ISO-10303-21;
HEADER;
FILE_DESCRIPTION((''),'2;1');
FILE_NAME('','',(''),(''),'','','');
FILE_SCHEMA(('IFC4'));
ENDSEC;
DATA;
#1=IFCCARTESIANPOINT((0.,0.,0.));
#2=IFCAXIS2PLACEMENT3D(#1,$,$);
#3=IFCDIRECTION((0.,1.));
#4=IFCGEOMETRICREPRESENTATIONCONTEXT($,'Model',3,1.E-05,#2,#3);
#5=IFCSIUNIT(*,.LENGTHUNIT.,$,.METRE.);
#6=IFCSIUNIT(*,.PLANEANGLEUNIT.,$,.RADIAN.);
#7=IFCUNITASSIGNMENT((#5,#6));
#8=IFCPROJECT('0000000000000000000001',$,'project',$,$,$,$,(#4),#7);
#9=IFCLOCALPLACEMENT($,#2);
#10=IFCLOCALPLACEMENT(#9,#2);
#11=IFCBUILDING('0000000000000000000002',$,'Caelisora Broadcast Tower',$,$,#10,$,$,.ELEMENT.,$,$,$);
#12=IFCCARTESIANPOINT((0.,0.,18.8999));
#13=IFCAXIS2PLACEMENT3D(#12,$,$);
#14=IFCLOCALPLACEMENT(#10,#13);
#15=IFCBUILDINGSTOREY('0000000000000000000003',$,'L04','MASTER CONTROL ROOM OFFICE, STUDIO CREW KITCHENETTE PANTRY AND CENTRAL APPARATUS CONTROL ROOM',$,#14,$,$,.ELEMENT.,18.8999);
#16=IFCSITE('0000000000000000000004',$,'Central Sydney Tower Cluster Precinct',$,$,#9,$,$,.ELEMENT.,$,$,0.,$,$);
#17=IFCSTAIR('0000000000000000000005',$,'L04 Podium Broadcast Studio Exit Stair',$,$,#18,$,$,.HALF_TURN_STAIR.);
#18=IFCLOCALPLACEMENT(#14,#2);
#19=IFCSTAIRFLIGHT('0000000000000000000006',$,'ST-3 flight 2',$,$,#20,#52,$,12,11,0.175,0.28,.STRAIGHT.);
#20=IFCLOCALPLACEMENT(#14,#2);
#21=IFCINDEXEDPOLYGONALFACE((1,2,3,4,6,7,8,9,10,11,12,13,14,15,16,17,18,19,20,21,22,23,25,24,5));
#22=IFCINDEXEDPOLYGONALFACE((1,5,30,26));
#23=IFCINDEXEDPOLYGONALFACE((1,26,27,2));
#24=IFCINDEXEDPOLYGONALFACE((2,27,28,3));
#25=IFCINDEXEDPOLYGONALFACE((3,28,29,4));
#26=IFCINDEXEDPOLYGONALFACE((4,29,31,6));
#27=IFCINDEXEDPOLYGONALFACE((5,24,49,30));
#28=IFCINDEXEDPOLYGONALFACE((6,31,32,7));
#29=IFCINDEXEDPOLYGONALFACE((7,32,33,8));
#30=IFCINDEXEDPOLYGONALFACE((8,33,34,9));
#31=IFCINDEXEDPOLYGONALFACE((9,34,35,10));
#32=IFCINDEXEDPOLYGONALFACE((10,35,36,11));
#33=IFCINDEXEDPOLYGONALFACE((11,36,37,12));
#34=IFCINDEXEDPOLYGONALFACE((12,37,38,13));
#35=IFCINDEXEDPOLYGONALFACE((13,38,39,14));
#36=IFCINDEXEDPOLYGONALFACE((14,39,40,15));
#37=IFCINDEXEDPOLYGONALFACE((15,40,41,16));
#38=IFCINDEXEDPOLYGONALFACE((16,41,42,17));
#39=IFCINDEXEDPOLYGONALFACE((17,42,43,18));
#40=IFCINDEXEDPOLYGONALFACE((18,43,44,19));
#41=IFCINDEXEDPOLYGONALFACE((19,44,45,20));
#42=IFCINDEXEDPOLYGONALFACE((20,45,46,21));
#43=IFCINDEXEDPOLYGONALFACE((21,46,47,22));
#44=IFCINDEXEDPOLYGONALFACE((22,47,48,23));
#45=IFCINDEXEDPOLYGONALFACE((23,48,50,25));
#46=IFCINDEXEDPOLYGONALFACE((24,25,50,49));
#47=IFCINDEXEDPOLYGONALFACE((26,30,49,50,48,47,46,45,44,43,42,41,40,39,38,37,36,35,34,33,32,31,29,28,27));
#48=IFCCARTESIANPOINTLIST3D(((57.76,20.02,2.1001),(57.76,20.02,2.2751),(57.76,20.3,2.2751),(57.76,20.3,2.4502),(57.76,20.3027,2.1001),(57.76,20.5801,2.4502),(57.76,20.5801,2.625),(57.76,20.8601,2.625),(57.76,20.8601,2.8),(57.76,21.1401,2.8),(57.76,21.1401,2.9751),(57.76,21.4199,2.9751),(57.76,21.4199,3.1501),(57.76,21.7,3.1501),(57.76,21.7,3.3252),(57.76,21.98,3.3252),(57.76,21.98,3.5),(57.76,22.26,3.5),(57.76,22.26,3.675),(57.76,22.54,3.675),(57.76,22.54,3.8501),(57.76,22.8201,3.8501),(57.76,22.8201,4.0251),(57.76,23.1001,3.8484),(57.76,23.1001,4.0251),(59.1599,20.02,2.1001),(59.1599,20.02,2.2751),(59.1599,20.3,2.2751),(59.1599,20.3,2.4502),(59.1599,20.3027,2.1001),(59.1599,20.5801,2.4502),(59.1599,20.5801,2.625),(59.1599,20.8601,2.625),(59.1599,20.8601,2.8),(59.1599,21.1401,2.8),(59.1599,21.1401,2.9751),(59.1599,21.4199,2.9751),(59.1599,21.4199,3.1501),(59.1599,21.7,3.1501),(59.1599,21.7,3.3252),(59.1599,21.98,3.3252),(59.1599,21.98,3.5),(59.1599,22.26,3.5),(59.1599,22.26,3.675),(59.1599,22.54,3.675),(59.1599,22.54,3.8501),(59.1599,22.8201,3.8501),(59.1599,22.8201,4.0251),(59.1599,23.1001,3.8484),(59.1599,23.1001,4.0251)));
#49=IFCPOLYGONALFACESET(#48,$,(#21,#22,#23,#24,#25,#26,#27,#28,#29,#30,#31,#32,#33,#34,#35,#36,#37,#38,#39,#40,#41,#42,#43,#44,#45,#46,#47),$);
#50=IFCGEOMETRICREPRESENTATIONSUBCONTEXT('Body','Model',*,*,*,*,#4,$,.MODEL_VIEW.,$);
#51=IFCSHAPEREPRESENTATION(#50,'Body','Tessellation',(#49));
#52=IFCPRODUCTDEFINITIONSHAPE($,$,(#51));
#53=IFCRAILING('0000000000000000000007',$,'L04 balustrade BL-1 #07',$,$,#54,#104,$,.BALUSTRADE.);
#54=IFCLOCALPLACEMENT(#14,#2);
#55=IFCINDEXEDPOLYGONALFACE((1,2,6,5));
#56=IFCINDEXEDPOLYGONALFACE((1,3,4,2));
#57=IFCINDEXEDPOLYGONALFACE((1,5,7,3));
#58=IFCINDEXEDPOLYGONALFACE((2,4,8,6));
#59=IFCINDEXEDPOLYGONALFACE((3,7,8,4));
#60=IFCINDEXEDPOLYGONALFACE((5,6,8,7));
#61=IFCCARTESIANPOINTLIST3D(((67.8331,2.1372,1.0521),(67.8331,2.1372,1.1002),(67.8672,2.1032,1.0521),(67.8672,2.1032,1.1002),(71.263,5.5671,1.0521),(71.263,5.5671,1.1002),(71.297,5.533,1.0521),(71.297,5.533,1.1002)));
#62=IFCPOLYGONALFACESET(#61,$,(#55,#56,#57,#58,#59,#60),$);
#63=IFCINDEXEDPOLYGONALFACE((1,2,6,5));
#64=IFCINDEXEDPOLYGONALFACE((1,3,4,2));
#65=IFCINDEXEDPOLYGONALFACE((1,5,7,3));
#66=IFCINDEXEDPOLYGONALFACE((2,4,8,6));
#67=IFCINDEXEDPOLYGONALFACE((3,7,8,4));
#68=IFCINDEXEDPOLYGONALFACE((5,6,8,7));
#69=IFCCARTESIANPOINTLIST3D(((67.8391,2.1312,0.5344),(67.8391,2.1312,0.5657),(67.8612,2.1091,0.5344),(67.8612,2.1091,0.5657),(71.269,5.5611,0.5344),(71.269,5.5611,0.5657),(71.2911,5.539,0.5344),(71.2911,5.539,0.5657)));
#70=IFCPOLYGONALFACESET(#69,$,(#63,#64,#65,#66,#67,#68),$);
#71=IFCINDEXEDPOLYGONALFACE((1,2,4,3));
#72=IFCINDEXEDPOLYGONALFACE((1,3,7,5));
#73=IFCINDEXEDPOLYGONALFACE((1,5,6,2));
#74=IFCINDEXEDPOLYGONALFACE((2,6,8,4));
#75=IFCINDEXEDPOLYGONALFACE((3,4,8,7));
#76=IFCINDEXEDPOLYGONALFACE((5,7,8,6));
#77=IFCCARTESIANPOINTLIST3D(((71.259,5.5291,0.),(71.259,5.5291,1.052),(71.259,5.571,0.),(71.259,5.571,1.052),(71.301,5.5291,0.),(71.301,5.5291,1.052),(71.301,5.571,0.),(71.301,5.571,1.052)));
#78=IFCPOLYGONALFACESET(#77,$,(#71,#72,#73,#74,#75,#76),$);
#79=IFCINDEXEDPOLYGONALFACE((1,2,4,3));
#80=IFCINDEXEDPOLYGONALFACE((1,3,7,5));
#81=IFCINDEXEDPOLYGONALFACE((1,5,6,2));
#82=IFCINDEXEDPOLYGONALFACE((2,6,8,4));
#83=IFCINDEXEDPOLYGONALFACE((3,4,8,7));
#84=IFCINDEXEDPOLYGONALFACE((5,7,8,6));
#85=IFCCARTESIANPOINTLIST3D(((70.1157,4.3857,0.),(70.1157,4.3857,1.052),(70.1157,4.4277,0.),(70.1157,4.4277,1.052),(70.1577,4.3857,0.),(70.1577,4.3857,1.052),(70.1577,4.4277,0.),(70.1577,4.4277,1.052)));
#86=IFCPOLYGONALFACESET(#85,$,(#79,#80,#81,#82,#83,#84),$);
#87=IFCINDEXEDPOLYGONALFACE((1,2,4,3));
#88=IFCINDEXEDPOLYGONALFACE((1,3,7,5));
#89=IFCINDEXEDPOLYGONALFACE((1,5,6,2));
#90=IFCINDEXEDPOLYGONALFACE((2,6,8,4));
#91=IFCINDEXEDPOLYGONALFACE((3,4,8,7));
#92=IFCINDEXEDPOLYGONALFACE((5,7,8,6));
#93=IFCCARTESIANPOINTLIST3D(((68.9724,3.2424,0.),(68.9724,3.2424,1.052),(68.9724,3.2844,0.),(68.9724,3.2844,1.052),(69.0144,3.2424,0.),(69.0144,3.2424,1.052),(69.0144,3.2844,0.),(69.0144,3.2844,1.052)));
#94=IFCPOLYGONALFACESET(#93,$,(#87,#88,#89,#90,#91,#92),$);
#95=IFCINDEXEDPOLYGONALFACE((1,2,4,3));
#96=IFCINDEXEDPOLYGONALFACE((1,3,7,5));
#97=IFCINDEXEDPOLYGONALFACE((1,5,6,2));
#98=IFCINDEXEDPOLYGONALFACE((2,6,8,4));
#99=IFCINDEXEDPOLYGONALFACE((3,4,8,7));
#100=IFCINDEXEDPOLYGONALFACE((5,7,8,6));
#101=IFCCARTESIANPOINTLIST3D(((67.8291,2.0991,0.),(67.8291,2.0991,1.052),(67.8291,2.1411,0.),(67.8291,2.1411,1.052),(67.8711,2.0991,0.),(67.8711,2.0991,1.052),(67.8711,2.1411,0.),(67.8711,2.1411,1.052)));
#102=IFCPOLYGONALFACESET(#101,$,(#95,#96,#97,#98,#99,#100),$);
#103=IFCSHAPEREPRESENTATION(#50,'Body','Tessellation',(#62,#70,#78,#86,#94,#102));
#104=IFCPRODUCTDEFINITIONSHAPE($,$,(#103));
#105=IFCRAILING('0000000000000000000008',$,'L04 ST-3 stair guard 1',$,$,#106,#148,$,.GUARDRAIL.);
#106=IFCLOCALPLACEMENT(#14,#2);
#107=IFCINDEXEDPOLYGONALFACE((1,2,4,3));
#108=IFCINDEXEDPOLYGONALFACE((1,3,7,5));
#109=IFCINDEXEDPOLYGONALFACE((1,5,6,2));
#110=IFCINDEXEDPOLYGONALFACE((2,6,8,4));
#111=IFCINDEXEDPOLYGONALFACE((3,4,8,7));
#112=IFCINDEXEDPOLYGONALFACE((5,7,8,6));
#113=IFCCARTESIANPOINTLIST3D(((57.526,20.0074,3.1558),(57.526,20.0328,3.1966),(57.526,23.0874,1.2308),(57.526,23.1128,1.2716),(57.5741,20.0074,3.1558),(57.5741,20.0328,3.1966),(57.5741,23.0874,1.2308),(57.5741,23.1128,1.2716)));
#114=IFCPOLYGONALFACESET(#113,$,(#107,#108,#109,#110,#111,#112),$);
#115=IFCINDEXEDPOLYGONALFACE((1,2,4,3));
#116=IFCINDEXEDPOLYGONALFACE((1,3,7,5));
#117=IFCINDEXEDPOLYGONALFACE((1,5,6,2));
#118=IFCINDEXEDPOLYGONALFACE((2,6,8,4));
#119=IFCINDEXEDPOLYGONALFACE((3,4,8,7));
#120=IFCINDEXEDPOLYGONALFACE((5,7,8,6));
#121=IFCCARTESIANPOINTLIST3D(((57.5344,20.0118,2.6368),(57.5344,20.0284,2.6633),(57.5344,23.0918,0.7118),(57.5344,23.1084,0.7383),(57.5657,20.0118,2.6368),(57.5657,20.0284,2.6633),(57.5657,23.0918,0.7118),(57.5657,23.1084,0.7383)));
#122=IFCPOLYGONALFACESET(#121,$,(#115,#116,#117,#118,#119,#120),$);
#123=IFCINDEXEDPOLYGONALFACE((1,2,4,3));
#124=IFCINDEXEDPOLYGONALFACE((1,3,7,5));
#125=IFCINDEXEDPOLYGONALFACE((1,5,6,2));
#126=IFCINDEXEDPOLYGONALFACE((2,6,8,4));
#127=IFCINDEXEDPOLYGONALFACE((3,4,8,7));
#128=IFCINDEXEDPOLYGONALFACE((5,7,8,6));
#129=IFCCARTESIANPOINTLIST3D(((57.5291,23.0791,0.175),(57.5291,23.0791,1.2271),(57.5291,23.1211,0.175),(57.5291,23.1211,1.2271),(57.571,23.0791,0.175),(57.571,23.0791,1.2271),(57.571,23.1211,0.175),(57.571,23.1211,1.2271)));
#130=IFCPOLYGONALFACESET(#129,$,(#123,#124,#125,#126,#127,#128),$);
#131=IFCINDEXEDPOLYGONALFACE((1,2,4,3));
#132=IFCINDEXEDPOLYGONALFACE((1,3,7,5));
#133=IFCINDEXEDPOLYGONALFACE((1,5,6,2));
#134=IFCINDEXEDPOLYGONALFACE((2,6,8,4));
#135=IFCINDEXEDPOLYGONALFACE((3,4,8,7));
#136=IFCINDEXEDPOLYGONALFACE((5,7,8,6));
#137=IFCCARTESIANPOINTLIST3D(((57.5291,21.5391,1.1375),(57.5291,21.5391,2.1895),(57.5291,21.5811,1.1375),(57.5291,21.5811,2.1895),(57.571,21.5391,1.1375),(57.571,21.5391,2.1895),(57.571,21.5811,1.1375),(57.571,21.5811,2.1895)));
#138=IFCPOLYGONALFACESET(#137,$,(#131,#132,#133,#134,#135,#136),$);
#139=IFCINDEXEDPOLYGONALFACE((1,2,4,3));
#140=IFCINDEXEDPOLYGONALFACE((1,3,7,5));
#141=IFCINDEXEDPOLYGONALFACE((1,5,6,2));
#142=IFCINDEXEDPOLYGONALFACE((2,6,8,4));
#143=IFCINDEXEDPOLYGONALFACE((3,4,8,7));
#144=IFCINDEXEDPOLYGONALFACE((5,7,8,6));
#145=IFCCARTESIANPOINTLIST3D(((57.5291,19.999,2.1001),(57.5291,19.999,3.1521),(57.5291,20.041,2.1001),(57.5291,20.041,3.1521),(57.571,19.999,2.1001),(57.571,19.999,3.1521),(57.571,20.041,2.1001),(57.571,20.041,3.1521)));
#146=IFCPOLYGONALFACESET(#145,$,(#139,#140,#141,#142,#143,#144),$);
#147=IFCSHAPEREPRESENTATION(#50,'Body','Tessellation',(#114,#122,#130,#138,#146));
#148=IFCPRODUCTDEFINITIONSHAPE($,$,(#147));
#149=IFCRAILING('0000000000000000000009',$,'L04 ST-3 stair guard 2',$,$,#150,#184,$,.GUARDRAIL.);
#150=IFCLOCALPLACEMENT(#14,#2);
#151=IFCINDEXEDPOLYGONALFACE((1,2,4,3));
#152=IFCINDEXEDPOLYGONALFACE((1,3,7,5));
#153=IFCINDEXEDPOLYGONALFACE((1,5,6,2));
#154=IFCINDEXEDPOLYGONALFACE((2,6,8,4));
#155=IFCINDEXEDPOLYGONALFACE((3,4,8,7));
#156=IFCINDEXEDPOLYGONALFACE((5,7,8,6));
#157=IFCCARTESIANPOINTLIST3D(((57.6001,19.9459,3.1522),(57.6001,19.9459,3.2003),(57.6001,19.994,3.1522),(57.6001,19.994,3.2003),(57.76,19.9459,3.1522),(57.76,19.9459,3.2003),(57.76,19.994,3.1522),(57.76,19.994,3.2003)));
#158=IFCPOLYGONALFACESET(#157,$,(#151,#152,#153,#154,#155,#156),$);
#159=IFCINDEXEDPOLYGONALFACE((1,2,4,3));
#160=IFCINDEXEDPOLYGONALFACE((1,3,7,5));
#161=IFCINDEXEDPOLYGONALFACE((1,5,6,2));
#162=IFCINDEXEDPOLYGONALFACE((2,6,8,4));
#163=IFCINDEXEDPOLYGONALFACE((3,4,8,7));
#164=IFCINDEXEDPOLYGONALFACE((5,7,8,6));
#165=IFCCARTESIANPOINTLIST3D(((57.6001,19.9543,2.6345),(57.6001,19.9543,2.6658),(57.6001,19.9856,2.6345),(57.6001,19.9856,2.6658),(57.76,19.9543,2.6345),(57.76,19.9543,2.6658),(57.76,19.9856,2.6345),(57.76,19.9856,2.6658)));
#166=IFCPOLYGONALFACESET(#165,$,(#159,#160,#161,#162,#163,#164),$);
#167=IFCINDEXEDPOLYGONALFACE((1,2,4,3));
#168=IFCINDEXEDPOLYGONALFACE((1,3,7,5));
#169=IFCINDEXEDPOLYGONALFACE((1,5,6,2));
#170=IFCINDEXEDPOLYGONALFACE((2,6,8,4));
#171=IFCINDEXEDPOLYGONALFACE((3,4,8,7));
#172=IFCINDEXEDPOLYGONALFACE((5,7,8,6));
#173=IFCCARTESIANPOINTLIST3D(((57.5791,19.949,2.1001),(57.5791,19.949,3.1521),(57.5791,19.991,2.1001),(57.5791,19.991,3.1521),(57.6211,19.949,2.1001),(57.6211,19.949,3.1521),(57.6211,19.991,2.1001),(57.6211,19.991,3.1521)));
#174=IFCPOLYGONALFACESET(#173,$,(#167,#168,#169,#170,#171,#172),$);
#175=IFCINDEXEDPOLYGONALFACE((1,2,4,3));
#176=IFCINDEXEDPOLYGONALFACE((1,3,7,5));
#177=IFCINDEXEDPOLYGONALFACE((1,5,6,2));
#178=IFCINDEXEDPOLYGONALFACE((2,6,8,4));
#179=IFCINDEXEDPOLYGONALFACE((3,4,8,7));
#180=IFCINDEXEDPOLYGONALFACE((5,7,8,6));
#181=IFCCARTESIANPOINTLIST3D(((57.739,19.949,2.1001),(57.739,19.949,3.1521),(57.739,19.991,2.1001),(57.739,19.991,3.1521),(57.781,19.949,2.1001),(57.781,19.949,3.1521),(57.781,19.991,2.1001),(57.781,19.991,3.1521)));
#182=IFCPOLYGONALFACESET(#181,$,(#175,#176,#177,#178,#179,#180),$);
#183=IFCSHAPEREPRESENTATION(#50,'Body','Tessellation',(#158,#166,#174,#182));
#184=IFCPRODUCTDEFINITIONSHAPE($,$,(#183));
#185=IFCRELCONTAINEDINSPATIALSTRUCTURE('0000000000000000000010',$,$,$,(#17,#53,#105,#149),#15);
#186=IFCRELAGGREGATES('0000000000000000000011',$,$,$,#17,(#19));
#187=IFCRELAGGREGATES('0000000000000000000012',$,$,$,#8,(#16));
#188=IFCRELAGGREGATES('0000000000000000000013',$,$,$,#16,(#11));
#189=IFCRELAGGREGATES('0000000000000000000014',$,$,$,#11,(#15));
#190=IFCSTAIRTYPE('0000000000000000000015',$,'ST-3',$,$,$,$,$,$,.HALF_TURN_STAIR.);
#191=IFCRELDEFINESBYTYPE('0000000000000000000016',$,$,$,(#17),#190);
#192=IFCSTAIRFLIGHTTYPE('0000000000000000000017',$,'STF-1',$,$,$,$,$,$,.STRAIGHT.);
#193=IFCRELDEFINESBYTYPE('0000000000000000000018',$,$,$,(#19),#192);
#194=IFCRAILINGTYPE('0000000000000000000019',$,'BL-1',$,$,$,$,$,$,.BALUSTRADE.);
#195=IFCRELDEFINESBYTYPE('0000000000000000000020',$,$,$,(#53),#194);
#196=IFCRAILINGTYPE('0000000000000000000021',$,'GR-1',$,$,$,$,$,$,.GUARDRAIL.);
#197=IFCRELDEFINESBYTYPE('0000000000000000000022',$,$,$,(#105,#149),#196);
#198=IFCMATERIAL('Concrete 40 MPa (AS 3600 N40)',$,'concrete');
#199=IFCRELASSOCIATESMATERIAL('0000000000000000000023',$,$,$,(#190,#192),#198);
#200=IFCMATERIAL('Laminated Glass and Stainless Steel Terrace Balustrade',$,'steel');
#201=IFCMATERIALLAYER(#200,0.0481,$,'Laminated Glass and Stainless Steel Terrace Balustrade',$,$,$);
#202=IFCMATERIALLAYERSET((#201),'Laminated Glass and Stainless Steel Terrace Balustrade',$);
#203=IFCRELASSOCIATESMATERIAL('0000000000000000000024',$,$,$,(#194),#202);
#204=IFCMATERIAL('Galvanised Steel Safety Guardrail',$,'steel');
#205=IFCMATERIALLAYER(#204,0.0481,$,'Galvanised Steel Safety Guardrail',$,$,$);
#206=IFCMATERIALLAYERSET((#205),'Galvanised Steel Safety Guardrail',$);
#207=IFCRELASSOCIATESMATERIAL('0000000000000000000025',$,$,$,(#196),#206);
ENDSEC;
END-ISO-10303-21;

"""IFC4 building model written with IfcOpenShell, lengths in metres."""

from ifc_helpers import new_model, si_unit, direction, frame, origin, origin_2d, place, context, subcontext, project, spatial, polyline, rectangle, outline, extrude, material, layer, layer_set, type_object, element, aggregate, save


model = new_model("IFC4")

# Units and contexts
model_context = context("Model", 3, precision=1e-05, world=origin(), true_north=direction((0.0, 1.0)))
body_context = subcontext(model_context, "Body", "Model", "MODEL_VIEW")
ifc_project = project(units=[si_unit("LENGTHUNIT", "METRE"), si_unit("PLANEANGLEUNIT", "RADIAN")], contexts=[model_context])

# Site, building, storey
site_placement = place(None, origin())
site = spatial("IfcSite", under=ifc_project, at=site_placement, Name="Central Sydney Tower Cluster Precinct", CompositionType="ELEMENT", RefElevation=0.0)
building_placement = place(site_placement, origin())
building = spatial("IfcBuilding", under=site, at=building_placement, Name="Caelisora Broadcast Tower", CompositionType="ELEMENT")
storey_placement = place(building_placement, frame((0.0, 0.0, 18.8999)))
storey = spatial("IfcBuildingStorey", under=building, at=storey_placement, Name="L04", Description="MASTER CONTROL ROOM OFFICE, STUDIO CREW KITCHENETTE PANTRY AND CENTRAL APPARATUS CONTROL ROOM", CompositionType="ELEMENT", Elevation=18.8999)

# Stair, stair flight
ifc_material_1 = material(Name="Concrete 40 MPa (AS 3600 N40)", Category="concrete")
stair_type = type_object("IfcStairType", Name="ST-3", PredefinedType="HALF_TURN_STAIR", material=ifc_material_1)
stair_placement = place(storey_placement, origin())
stair = element("IfcStair", 1, at=stair_placement, inside=storey, type_object=stair_type, Name="L04 Podium Broadcast Studio Exit Stair", PredefinedType="HALF_TURN_STAIR")
stair_flight_type = type_object("IfcStairFlightType", Name="STF-1", PredefinedType="STRAIGHT", material=ifc_material_1)
stair_flight_1_placement = place(storey_placement, frame((58.46, 20.02, 2.1001), z_axis=(0.0, 0.0, 1.0), x_axis=(0.0, 1.0, 0.0)))
stair_flight_1 = element("IfcStairFlight", 2, at=stair_flight_1_placement, type_object=stair_flight_type, Name="ST-3 flight 2", NumberOfRisers=12, NumberOfTreads=11, PredefinedType="STRAIGHT", RiserHeight=0.175, TreadLength=0.28, context=body_context, shape_type="SweptSolid", body=[
    extrude(outline(polyline([(0.0, 0.0), (0.0, 0.175), (0.28, 0.175), (0.28, 0.3501), (0.5601, 0.3501), (0.5601, 0.5249), (0.8401, 0.5249), (0.8401, 0.7), (1.1201, 0.7), (1.1201, 0.875), (1.3999, 0.875), (1.3999, 1.05), (1.6799, 1.05), (1.6799, 1.2251), (1.96, 1.2251), (1.96, 1.3999), (2.24, 1.3999), (2.24, 1.575), (2.52, 1.575), (2.52, 1.75), (2.8, 1.75), (2.8, 1.925), (3.0801, 1.925), (3.0801, 2.1001), (3.0801, 1.7483), (0.2827, 0.0), (0.0, 0.0)])), frame((0.0, 0.7, 0.0), z_axis=(0.0, -1.0, 0.0), x_axis=(1.0, 0.0, 0.0)), (0.0, 0.0, 1.0), 1.3999),
])
aggregate(stair, [stair_flight_1])

# Railings
ifc_material_2 = material(Name="Laminated Glass and Stainless Steel Terrace Balustrade", Category="steel")
ifc_layer_1 = layer(ifc_material_2, 0.0481, Name="Laminated Glass and Stainless Steel Terrace Balustrade")
ifc_layer_set_1 = layer_set([ifc_layer_1], Name="Laminated Glass and Stainless Steel Terrace Balustrade")
railing_type_1 = type_object("IfcRailingType", Name="BL-1", PredefinedType="BALUSTRADE", material=ifc_layer_set_1)
railing_1_placement = place(storey_placement, frame((71.28, 5.55, 0.0)))
element("IfcRailing", 3, at=railing_1_placement, inside=storey, type_object=railing_type_1, Name="L04 balustrade BL-1 #07", PredefinedType="BALUSTRADE", context=body_context, shape_type="SweptSolid", body=[
    extrude(rectangle(XDim=0.0481, YDim=0.0481, at=origin_2d()), frame((0.0, 0.0, 1.0762), z_axis=(-0.707107, -0.707107, 0.0), x_axis=(0.707107, -0.707107, 0.0)), (0.0, 0.0, 1.0), 4.8506),
    extrude(rectangle(XDim=0.0312, YDim=0.0312, at=origin_2d()), frame((0.0, 0.0, 0.55), z_axis=(-0.707107, -0.707107, 0.0), x_axis=(0.707107, -0.707107, 0.0)), (0.0, 0.0, 1.0), 4.8506),
    extrude(rectangle(XDim=0.042, YDim=0.042, at=origin_2d()), origin(), (0.0, 0.0, 1.0), 1.052),
    extrude(rectangle(XDim=0.042, YDim=0.042, at=origin_2d()), frame((-1.1433, -1.1433, 0.0)), (0.0, 0.0, 1.0), 1.052),
    extrude(rectangle(XDim=0.042, YDim=0.042, at=origin_2d()), frame((-2.2866, -2.2866, 0.0)), (0.0, 0.0, 1.0), 1.052),
    extrude(rectangle(XDim=0.042, YDim=0.042, at=origin_2d()), frame((-3.4299, -3.4299, 0.0)), (0.0, 0.0, 1.0), 1.052),
])
ifc_material_3 = material(Name="Galvanised Steel Safety Guardrail", Category="steel")
ifc_layer_2 = layer(ifc_material_3, 0.0481, Name="Galvanised Steel Safety Guardrail")
ifc_layer_set_2 = layer_set([ifc_layer_2], Name="Galvanised Steel Safety Guardrail")
railing_type_2 = type_object("IfcRailingType", Name="GR-1", PredefinedType="GUARDRAIL", material=ifc_layer_set_2)
railing_2_placement = place(storey_placement, frame((57.55, 23.1001, 0.175)))
element("IfcRailing", 4, at=railing_2_placement, inside=storey, type_object=railing_type_2, Name="L04 ST-3 stair guard 1", PredefinedType="GUARDRAIL", context=body_context, shape_type="SweptSolid", body=[
    extrude(rectangle(XDim=0.0481, YDim=0.0481, at=origin_2d()), frame((0.0, 0.0, 1.0762), z_axis=(0.0, -0.847998, 0.529999), x_axis=(1.0, 0.0, 0.0)), (0.0, 0.0, 1.0), 3.6321),
    extrude(rectangle(XDim=0.0312, YDim=0.0312, at=origin_2d()), frame((0.0, 0.0, 0.55), z_axis=(0.0, -0.847998, 0.529999), x_axis=(1.0, 0.0, 0.0)), (0.0, 0.0, 1.0), 3.6321),
    extrude(rectangle(XDim=0.042, YDim=0.042, at=origin_2d()), origin(), (0.0, 0.0, 1.0), 1.052),
    extrude(rectangle(XDim=0.042, YDim=0.042, at=origin_2d()), frame((0.0, -1.54, 0.9624)), (0.0, 0.0, 1.0), 1.052),
    extrude(rectangle(XDim=0.042, YDim=0.042, at=origin_2d()), frame((0.0, -3.0801, 1.925)), (0.0, 0.0, 1.0), 1.052),
])
railing_3_placement = place(storey_placement, frame((57.6001, 19.97, 2.1001)))
element("IfcRailing", 5, at=railing_3_placement, inside=storey, type_object=railing_type_2, Name="L04 ST-3 stair guard 2", PredefinedType="GUARDRAIL", context=body_context, shape_type="SweptSolid", body=[
    extrude(rectangle(XDim=0.0481, YDim=0.0481, at=origin_2d()), frame((0.0, 0.0, 1.0762), z_axis=(1.0, 0.0, 0.0), x_axis=(0.0, 1.0, 0.0)), (0.0, 0.0, 1.0), 0.1599),
    extrude(rectangle(XDim=0.0312, YDim=0.0312, at=origin_2d()), frame((0.0, 0.0, 0.55), z_axis=(1.0, 0.0, 0.0), x_axis=(0.0, 1.0, 0.0)), (0.0, 0.0, 1.0), 0.1599),
    extrude(rectangle(XDim=0.042, YDim=0.042, at=origin_2d()), origin(), (0.0, 0.0, 1.0), 1.052),
    extrude(rectangle(XDim=0.042, YDim=0.042, at=origin_2d()), frame((0.1599, 0.0, 0.0)), (0.0, 0.0, 1.0), 1.052),
])

save(model, "model.ifc")
